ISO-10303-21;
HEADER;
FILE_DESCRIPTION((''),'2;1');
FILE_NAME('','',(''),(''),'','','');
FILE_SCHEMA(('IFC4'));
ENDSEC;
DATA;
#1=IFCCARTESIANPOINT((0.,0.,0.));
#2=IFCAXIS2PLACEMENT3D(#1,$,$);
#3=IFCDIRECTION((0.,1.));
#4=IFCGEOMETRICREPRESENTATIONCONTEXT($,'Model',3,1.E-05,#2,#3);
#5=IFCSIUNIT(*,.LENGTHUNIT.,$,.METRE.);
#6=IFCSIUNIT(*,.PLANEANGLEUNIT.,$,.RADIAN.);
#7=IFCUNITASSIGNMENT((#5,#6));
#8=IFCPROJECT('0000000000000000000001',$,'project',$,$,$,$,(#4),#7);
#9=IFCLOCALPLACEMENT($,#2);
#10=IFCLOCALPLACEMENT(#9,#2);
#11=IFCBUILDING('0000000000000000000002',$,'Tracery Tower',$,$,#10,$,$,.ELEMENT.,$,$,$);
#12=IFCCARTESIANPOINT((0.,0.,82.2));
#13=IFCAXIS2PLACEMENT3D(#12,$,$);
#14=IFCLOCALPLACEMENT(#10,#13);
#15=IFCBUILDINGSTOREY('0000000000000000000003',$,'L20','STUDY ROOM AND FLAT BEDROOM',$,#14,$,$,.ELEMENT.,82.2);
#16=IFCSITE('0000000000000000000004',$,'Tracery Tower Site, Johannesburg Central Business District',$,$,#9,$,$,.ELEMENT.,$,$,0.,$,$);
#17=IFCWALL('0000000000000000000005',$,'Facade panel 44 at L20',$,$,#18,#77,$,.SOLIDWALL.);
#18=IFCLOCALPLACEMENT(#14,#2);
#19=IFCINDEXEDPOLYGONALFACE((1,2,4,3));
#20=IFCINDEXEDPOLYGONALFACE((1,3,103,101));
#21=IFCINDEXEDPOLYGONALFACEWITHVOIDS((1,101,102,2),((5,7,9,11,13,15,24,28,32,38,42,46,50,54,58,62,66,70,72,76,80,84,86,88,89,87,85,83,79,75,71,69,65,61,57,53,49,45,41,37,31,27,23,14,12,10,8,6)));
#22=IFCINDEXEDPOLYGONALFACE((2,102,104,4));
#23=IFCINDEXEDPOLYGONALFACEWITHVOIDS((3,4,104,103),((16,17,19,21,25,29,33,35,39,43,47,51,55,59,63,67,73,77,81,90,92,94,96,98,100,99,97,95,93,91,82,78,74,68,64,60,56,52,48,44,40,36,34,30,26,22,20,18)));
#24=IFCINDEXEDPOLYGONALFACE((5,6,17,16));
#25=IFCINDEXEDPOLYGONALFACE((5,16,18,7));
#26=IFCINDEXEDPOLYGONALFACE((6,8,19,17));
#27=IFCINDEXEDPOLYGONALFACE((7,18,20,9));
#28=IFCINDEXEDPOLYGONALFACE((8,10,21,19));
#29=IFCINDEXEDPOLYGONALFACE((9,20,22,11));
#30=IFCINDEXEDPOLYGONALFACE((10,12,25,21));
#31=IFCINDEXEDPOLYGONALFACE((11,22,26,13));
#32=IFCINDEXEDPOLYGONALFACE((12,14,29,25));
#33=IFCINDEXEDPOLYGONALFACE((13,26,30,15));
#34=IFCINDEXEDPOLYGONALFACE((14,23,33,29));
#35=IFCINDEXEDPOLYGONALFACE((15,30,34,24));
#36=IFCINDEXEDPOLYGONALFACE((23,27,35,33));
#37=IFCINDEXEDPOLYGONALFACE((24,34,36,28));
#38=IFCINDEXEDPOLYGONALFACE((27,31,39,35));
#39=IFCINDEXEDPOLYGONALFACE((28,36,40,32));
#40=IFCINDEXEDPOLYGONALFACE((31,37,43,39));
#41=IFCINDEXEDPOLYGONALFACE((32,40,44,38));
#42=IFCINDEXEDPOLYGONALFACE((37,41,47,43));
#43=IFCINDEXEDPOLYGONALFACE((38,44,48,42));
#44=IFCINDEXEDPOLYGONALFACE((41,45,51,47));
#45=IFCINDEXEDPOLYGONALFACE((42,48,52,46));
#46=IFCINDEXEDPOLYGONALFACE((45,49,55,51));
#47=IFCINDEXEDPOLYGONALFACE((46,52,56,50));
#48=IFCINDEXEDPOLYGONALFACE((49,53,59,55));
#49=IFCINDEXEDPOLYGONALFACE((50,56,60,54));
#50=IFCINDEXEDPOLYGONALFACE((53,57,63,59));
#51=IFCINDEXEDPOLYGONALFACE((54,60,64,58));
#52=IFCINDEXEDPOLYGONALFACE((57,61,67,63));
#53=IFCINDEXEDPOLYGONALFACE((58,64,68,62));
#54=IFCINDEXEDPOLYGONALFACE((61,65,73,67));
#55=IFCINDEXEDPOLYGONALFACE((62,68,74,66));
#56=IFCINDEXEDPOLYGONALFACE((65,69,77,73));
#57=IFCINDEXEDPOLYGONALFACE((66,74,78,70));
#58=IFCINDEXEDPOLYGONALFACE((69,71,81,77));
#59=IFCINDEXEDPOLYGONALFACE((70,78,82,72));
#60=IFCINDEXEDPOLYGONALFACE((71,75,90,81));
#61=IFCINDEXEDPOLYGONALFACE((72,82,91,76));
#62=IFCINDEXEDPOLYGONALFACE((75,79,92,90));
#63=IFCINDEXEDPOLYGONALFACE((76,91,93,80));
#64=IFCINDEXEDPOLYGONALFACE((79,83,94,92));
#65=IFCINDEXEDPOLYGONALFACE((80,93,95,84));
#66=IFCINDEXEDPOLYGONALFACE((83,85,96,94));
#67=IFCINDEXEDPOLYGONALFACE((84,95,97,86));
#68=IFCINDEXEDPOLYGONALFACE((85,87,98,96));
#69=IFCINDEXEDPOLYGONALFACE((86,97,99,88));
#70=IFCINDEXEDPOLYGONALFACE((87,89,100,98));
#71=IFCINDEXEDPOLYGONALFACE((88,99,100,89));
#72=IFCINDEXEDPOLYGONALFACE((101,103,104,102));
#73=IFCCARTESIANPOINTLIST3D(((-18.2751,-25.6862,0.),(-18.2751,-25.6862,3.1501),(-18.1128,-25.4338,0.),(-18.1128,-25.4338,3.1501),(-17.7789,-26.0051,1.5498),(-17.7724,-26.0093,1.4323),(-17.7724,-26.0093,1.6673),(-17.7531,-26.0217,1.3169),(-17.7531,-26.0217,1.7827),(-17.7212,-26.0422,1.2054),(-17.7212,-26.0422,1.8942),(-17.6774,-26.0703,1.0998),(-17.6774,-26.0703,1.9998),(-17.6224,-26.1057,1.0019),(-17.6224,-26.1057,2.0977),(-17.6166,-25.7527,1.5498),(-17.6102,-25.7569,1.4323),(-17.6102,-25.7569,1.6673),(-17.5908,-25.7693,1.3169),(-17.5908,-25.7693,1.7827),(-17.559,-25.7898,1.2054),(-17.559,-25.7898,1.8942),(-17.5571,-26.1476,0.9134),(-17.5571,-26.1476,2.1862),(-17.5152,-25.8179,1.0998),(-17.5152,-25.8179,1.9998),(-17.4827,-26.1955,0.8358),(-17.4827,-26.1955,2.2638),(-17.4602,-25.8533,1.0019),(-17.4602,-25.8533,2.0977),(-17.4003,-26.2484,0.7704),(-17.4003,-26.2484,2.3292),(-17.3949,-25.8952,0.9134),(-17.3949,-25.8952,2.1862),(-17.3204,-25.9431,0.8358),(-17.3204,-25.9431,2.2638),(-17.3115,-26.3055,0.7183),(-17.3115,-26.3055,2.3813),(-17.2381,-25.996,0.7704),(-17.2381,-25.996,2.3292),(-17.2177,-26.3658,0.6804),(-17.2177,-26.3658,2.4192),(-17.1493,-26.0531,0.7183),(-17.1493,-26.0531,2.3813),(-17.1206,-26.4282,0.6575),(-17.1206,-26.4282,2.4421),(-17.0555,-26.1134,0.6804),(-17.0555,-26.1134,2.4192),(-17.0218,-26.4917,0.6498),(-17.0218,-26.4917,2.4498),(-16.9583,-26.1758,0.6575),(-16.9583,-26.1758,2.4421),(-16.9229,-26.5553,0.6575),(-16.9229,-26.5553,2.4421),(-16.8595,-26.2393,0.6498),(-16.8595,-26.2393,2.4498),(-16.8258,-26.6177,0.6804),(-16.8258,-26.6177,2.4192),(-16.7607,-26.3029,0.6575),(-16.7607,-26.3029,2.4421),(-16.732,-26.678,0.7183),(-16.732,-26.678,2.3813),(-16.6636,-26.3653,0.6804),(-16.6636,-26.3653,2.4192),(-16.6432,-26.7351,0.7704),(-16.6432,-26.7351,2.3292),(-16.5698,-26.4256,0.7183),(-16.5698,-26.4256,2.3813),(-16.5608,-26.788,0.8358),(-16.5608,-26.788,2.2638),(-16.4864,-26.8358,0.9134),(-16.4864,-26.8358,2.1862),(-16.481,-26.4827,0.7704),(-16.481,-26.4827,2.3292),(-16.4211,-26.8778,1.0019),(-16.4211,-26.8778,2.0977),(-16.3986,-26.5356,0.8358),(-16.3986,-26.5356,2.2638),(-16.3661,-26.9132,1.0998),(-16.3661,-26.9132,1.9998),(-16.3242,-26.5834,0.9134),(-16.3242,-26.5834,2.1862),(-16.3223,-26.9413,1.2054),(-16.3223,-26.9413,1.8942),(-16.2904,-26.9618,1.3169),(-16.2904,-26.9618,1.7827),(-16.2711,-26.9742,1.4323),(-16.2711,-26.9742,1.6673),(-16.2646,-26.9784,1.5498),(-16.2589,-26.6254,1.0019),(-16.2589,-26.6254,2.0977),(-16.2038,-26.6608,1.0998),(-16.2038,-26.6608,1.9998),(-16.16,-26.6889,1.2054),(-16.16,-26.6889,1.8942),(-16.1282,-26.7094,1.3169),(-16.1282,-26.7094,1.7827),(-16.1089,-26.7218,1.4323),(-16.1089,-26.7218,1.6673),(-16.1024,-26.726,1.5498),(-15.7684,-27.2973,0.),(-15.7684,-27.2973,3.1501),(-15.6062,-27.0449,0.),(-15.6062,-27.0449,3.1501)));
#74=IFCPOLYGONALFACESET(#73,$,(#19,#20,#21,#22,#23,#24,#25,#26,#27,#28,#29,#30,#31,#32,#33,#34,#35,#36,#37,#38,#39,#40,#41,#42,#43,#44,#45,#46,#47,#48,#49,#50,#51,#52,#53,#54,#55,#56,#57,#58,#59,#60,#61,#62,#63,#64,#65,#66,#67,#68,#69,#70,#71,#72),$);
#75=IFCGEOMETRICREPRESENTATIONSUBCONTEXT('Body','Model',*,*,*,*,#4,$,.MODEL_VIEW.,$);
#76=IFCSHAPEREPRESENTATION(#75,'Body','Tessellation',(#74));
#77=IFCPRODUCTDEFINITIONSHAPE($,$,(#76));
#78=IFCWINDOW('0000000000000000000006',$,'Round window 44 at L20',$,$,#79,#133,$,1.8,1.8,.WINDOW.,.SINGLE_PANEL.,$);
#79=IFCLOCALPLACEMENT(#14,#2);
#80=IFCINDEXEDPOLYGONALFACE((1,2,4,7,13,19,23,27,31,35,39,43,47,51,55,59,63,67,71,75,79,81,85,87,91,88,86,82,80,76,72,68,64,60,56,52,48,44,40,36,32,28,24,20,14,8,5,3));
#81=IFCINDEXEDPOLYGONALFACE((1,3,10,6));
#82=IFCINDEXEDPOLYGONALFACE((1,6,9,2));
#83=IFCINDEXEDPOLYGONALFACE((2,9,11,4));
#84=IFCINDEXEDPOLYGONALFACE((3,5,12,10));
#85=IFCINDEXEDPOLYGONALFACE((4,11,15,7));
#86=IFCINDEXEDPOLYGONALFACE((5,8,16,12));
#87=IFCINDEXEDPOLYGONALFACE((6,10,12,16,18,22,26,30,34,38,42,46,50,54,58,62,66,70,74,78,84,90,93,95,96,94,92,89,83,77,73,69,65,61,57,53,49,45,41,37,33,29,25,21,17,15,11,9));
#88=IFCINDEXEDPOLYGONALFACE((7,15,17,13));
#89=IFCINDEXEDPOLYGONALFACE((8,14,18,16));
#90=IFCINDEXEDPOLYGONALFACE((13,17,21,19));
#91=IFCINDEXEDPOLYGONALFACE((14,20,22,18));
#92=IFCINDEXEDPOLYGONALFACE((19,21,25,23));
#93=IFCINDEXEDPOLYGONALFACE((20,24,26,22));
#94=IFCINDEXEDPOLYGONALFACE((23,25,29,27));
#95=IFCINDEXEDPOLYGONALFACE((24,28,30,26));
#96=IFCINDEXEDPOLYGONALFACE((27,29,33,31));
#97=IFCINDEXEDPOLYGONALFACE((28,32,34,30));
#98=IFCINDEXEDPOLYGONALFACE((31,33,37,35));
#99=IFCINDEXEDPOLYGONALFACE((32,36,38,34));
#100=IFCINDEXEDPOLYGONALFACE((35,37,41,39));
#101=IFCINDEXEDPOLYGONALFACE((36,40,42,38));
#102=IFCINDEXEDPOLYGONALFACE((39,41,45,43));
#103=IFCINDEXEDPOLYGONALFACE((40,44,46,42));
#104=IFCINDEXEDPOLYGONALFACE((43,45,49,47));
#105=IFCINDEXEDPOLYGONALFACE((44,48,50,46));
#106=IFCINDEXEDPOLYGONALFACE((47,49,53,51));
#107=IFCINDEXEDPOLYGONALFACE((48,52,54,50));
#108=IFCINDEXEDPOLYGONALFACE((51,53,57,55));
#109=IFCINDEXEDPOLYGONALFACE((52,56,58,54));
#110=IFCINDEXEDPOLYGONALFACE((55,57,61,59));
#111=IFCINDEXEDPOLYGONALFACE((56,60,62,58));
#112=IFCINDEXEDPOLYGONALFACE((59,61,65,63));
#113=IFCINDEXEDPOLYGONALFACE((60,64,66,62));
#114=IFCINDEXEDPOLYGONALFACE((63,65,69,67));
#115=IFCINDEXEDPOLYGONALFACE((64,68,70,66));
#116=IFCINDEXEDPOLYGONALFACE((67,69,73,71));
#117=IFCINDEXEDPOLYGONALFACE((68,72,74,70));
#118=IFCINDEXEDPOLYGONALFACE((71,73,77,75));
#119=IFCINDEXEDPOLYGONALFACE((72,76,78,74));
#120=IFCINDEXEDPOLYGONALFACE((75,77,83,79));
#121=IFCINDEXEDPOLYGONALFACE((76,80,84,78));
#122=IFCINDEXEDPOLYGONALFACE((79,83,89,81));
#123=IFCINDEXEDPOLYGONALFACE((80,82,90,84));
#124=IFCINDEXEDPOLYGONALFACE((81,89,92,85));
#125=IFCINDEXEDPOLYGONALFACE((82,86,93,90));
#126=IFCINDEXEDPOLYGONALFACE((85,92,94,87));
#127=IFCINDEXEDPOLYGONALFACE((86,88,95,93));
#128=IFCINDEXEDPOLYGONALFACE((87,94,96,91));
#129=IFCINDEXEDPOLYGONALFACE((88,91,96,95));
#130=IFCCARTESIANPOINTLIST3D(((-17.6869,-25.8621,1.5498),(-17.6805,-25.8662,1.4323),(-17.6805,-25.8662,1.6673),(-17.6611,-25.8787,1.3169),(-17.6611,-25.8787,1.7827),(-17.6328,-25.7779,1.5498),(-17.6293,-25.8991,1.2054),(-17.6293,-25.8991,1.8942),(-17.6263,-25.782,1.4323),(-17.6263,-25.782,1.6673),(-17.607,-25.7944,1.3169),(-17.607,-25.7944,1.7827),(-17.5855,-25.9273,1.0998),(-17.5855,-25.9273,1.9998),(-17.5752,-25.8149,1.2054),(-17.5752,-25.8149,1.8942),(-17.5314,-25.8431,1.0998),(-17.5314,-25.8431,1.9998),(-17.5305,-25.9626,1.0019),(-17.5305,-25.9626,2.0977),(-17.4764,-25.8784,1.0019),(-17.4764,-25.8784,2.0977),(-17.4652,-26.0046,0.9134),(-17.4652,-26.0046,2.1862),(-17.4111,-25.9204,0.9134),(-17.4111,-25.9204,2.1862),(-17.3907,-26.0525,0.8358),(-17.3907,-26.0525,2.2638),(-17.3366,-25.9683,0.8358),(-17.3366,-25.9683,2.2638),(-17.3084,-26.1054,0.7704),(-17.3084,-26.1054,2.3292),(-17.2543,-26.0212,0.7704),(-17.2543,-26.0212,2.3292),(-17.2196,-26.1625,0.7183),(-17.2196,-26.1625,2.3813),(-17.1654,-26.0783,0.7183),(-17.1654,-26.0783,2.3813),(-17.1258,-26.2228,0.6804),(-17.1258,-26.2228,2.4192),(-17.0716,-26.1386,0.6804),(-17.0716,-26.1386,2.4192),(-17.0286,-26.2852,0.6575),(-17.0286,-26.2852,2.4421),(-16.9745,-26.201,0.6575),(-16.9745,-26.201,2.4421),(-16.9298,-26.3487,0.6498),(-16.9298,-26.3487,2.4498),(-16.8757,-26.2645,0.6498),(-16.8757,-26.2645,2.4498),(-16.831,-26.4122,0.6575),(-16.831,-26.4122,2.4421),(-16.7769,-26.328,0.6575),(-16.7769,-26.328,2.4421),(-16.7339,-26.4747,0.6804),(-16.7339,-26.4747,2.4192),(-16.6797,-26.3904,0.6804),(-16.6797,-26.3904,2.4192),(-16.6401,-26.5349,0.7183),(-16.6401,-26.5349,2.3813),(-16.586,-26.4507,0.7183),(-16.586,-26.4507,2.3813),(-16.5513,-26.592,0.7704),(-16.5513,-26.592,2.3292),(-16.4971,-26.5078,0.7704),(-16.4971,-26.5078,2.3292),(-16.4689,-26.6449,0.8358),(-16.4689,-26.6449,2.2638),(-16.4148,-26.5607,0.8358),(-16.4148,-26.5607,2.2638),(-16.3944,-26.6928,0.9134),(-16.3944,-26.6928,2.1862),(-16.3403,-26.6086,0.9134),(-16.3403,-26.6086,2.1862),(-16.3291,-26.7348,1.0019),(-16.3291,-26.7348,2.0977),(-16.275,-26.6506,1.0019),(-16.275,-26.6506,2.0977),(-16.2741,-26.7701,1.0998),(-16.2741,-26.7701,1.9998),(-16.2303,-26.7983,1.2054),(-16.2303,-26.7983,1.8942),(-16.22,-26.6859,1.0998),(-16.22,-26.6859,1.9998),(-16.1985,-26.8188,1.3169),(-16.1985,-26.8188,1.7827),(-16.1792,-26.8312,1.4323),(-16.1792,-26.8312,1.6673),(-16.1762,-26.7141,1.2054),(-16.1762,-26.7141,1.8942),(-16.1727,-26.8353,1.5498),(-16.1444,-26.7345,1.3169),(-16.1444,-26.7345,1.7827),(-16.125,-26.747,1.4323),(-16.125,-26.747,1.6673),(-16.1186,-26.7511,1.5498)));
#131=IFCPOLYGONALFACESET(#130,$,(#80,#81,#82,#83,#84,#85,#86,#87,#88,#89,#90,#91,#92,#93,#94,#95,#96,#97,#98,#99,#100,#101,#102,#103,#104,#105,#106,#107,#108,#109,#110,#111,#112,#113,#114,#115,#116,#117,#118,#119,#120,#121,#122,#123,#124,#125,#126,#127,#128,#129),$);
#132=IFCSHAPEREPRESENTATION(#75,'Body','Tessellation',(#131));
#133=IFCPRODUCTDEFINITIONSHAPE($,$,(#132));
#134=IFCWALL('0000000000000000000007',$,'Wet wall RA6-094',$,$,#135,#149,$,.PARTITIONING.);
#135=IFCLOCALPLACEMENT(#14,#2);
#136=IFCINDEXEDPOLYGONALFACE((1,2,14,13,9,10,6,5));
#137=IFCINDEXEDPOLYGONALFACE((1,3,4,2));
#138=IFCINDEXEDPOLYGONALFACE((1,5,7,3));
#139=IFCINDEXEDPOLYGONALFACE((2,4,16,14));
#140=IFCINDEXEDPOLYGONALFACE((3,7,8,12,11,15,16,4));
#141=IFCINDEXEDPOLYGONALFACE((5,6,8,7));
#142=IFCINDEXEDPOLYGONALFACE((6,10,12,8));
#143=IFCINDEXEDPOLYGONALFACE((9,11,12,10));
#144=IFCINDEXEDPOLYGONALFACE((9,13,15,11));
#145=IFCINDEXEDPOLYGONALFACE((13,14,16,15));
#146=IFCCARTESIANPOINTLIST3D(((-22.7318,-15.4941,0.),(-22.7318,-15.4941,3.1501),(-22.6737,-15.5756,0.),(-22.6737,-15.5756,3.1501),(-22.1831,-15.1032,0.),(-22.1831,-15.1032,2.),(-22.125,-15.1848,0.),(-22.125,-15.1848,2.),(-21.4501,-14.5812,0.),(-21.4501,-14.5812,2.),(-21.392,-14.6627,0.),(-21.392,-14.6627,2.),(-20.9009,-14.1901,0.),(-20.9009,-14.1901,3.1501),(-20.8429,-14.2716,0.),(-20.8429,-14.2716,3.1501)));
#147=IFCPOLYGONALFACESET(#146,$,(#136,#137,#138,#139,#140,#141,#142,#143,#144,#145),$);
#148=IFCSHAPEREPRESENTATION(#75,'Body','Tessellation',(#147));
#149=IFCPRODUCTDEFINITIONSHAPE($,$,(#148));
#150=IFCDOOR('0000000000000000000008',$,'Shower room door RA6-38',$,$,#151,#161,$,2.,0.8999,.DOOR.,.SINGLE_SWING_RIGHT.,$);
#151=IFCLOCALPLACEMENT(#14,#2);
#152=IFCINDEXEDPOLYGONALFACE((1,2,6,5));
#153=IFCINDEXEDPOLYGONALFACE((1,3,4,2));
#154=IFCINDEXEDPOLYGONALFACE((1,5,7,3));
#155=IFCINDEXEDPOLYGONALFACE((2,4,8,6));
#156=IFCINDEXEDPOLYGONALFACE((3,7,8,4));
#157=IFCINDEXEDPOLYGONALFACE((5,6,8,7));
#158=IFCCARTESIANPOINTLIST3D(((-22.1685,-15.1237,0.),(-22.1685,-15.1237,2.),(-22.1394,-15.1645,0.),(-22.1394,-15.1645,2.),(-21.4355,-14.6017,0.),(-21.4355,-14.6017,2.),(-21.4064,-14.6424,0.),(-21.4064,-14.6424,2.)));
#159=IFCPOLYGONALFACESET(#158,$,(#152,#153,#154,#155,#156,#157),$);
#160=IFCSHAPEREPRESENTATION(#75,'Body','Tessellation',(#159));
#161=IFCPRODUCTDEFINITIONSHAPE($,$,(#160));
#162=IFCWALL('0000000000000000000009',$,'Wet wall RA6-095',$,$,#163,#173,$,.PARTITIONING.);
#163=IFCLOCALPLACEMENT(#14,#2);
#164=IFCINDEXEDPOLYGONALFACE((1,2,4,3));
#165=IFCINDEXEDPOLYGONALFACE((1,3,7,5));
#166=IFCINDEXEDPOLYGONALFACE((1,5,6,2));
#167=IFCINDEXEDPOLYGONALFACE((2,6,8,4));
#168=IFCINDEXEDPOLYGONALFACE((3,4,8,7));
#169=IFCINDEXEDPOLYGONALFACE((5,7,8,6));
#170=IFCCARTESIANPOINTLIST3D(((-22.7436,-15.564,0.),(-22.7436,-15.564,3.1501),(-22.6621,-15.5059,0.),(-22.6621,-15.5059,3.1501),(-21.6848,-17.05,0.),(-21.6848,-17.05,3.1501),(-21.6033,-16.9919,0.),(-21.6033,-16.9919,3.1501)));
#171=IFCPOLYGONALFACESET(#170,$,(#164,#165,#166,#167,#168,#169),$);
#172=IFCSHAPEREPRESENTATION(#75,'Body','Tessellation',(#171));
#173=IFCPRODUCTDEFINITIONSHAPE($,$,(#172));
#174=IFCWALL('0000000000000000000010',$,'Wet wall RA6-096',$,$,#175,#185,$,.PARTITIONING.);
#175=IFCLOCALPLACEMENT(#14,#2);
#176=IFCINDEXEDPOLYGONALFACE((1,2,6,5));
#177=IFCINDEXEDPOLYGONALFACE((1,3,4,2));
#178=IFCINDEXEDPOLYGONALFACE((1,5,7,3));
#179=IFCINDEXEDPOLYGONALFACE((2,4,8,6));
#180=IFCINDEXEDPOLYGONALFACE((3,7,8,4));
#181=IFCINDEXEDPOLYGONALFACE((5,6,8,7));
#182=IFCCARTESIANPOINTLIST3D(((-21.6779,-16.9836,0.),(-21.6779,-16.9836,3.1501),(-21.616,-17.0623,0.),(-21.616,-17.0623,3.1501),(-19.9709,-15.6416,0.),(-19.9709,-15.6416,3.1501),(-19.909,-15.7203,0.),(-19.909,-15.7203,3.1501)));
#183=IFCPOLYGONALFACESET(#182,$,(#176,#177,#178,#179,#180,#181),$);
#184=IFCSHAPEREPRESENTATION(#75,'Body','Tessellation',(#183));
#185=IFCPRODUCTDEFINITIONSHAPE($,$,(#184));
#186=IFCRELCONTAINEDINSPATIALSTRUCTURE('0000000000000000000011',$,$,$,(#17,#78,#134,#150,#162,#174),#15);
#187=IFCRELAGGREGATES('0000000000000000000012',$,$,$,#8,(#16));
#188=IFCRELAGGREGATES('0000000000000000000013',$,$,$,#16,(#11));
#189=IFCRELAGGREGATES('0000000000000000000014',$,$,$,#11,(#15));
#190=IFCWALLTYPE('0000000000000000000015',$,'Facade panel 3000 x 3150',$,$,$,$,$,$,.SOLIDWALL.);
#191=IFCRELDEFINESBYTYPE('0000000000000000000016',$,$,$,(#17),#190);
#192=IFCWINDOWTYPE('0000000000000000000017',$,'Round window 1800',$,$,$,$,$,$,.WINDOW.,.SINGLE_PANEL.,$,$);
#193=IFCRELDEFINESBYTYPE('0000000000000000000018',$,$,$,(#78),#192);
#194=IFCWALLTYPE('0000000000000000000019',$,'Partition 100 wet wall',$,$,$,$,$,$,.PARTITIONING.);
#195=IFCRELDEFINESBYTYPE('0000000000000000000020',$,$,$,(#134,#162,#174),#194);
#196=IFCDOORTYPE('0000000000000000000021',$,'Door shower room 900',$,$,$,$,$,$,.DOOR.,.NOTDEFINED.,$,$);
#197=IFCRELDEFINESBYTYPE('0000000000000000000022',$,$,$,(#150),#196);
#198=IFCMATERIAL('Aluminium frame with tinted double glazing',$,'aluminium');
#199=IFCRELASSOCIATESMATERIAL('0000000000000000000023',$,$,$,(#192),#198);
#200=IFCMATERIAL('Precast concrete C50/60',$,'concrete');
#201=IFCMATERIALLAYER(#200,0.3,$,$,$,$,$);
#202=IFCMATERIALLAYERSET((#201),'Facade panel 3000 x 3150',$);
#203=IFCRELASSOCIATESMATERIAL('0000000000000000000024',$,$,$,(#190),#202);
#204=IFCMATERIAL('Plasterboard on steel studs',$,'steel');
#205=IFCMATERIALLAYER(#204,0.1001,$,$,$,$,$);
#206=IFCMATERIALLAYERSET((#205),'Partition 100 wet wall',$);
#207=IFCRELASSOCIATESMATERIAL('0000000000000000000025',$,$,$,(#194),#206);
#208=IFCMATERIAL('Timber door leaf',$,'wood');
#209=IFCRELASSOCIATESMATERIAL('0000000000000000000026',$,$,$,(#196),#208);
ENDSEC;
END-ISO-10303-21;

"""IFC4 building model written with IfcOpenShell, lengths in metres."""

from ifc_helpers import new_model, si_unit, direction, frame, frame_2d, origin, origin_2d, place, context, subcontext, project, spatial, rectangle, circle, extrude, material, layer, layer_set, type_object, element, fill, save


model = new_model("IFC4")

# Units and contexts
model_context = context("Model", 3, precision=1e-05, world=origin(), true_north=direction((0.0, 1.0)))
body_context = subcontext(model_context, "Body", "Model", "MODEL_VIEW")
ifc_project = project(units=[si_unit("LENGTHUNIT", "METRE"), si_unit("PLANEANGLEUNIT", "RADIAN")], contexts=[model_context])

# Site, building, storey
site_placement = place(None, origin())
site = spatial("IfcSite", under=ifc_project, at=site_placement, Name="Tracery Tower Site, Johannesburg Central Business District", CompositionType="ELEMENT", RefElevation=0.0)
building_placement = place(site_placement, origin())
building = spatial("IfcBuilding", under=site, at=building_placement, Name="Tracery Tower", CompositionType="ELEMENT")
storey_placement = place(building_placement, frame((0.0, 0.0, 82.2)))
storey = spatial("IfcBuildingStorey", under=building, at=storey_placement, Name="L20", Description="STUDY ROOM AND FLAT BEDROOM", CompositionType="ELEMENT", Elevation=82.2)

# Wall, opening, window
ifc_material_1 = material(Name="Aluminium frame with tinted double glazing", Category="aluminium")
window_type = type_object("IfcWindowType", Name="Round window 1800", PartitioningType="SINGLE_PANEL", PredefinedType="WINDOW", material=ifc_material_1)
ifc_material_2 = material(Name="Precast concrete C50/60", Category="concrete")
ifc_layer_1 = layer(ifc_material_2, 0.3)
ifc_layer_set_1 = layer_set([ifc_layer_1], Name="Facade panel 3000 x 3150")
wall_type_1 = type_object("IfcWallType", Name="Facade panel 3000 x 3150", PredefinedType="SOLIDWALL", material=ifc_layer_set_1)
wall_1_placement = place(storey_placement, frame((-18.1938, -25.5601, 0.0), z_axis=(0.0, 0.0, 1.0), x_axis=(0.841224, -0.540687, 0.0)))
wall_1 = element("IfcWall", 1, at=wall_1_placement, inside=storey, type_object=wall_type_1, Name="Facade panel 44 at L20", PredefinedType="SOLIDWALL", context=body_context, shape_type="SweptSolid", body=[
    extrude(rectangle(XDim=2.9797, YDim=0.3, at=frame_2d((1.4897, 0.0))), origin(), (0.0, 0.0, 1.0), 3.1501),
])
opening_1_placement = place(wall_1_placement, frame((1.4897, 0.0, 1.5498)))
opening_1 = element("IfcOpeningElement", 2, at=opening_1_placement, cuts=wall_1, PredefinedType="OPENING", context=body_context, shape_type="SweptSolid", body=[
    extrude(circle(Radius=0.9, at=origin_2d()), frame((0.0, 0.1599, 0.0), z_axis=(0.0, -1.0, 0.0), x_axis=(1.0, 0.0, 0.0)), (0.0, 0.0, 1.0), 0.3201),
])
window_1_placement = place(opening_1_placement, origin())
window_1 = element("IfcWindow", 3, at=window_1_placement, inside=storey, type_object=window_type, Name="Round window 44 at L20", OverallHeight=1.8, OverallWidth=1.8, PartitioningType="SINGLE_PANEL", PredefinedType="WINDOW", context=body_context, shape_type="SweptSolid", body=[
    extrude(circle(Radius=0.9, at=origin_2d()), frame((0.0, 0.1201, 0.0), z_axis=(0.0, -1.0, 0.0), x_axis=(1.0, 0.0, 0.0)), (0.0, 0.0, 1.0), 0.1001),
])
fill(opening_1, window_1)

# Wall, opening, door
ifc_material_3 = material(Name="Plasterboard on steel studs", Category="steel")
ifc_layer_2 = layer(ifc_material_3, 0.1001)
ifc_layer_set_2 = layer_set([ifc_layer_2], Name="Partition 100 wet wall")
wall_type_2 = type_object("IfcWallType", Name="Partition 100 wet wall", PredefinedType="PARTITIONING", material=ifc_layer_set_2)
wall_2_placement = place(storey_placement, frame((-22.7029, -15.5349, 0.0), z_axis=(0.0, 0.0, 1.0), x_axis=(0.814525, 0.580128, 0.0)))
wall_2 = element("IfcWall", 4, at=wall_2_placement, inside=storey, type_object=wall_type_2, Name="Wet wall RA6-094", PredefinedType="PARTITIONING", context=body_context, shape_type="SweptSolid", body=[
    extrude(rectangle(XDim=2.2478, YDim=0.1001, at=frame_2d((1.124, 0.0))), origin(), (0.0, 0.0, 1.0), 3.1501),
])
opening_2_placement = place(wall_2_placement, frame((0.6738, 0.0, 0.0)))
opening_2 = element("IfcOpeningElement", 5, at=opening_2_placement, cuts=wall_2, PredefinedType="OPENING", context=body_context, shape_type="SweptSolid", body=[
    extrude(rectangle(XDim=0.8999, YDim=2.0, at=frame_2d((0.45, 1.0))), frame((0.0, 0.05, 0.0), z_axis=(0.0, -1.0, 0.0), x_axis=(1.0, 0.0, 0.0)), (0.0, 0.0, 1.0), 0.1001),
])
ifc_material_4 = material(Name="Timber door leaf", Category="wood")
door_type_1 = type_object("IfcDoorType", Name="Door shower room 900", OperationType="NOTDEFINED", PredefinedType="DOOR", material=ifc_material_4)
door_1_placement = place(opening_2_placement, origin())
door_1 = element("IfcDoor", 6, at=door_1_placement, inside=storey, type_object=door_type_1, Name="Shower room door RA6-38", OperationType="SINGLE_SWING_RIGHT", OverallHeight=2.0, OverallWidth=0.8999, PredefinedType="DOOR", context=body_context, shape_type="SweptSolid", body=[
    extrude(rectangle(XDim=0.8999, YDim=2.0, at=frame_2d((0.45, 1.0))), frame((0.0, 0.0249, 0.0), z_axis=(0.0, -1.0, 0.0), x_axis=(1.0, 0.0, 0.0)), (0.0, 0.0, 1.0), 0.05),
])
fill(opening_2, door_1)

# Walls
wall_3_placement = place(storey_placement, frame((-22.7029, -15.5349, 0.0), z_axis=(0.0, 0.0, 1.0), x_axis=(0.580276, -0.81442, 0.0)))
element("IfcWall", 7, at=wall_3_placement, inside=storey, type_object=wall_type_2, Name="Wet wall RA6-095", PredefinedType="PARTITIONING", context=body_context, shape_type="SweptSolid", body=[
    extrude(rectangle(XDim=1.8247, YDim=0.1001, at=frame_2d((0.9124, 0.0))), origin(), (0.0, 0.0, 1.0), 3.1501),
])
wall_4_placement = place(storey_placement, frame((-21.647, -17.0229, 0.0), z_axis=(0.0, 0.0, 1.0), x_axis=(0.786139, 0.61805, 0.0)))
element("IfcWall", 8, at=wall_4_placement, inside=storey, type_object=wall_type_2, Name="Wet wall RA6-096", PredefinedType="PARTITIONING", context=body_context, shape_type="SweptSolid", body=[
    extrude(rectangle(XDim=2.1714, YDim=0.1001, at=frame_2d((1.0857, 0.0))), origin(), (0.0, 0.0, 1.0), 3.1501),
])

save(model, "model.ifc")
